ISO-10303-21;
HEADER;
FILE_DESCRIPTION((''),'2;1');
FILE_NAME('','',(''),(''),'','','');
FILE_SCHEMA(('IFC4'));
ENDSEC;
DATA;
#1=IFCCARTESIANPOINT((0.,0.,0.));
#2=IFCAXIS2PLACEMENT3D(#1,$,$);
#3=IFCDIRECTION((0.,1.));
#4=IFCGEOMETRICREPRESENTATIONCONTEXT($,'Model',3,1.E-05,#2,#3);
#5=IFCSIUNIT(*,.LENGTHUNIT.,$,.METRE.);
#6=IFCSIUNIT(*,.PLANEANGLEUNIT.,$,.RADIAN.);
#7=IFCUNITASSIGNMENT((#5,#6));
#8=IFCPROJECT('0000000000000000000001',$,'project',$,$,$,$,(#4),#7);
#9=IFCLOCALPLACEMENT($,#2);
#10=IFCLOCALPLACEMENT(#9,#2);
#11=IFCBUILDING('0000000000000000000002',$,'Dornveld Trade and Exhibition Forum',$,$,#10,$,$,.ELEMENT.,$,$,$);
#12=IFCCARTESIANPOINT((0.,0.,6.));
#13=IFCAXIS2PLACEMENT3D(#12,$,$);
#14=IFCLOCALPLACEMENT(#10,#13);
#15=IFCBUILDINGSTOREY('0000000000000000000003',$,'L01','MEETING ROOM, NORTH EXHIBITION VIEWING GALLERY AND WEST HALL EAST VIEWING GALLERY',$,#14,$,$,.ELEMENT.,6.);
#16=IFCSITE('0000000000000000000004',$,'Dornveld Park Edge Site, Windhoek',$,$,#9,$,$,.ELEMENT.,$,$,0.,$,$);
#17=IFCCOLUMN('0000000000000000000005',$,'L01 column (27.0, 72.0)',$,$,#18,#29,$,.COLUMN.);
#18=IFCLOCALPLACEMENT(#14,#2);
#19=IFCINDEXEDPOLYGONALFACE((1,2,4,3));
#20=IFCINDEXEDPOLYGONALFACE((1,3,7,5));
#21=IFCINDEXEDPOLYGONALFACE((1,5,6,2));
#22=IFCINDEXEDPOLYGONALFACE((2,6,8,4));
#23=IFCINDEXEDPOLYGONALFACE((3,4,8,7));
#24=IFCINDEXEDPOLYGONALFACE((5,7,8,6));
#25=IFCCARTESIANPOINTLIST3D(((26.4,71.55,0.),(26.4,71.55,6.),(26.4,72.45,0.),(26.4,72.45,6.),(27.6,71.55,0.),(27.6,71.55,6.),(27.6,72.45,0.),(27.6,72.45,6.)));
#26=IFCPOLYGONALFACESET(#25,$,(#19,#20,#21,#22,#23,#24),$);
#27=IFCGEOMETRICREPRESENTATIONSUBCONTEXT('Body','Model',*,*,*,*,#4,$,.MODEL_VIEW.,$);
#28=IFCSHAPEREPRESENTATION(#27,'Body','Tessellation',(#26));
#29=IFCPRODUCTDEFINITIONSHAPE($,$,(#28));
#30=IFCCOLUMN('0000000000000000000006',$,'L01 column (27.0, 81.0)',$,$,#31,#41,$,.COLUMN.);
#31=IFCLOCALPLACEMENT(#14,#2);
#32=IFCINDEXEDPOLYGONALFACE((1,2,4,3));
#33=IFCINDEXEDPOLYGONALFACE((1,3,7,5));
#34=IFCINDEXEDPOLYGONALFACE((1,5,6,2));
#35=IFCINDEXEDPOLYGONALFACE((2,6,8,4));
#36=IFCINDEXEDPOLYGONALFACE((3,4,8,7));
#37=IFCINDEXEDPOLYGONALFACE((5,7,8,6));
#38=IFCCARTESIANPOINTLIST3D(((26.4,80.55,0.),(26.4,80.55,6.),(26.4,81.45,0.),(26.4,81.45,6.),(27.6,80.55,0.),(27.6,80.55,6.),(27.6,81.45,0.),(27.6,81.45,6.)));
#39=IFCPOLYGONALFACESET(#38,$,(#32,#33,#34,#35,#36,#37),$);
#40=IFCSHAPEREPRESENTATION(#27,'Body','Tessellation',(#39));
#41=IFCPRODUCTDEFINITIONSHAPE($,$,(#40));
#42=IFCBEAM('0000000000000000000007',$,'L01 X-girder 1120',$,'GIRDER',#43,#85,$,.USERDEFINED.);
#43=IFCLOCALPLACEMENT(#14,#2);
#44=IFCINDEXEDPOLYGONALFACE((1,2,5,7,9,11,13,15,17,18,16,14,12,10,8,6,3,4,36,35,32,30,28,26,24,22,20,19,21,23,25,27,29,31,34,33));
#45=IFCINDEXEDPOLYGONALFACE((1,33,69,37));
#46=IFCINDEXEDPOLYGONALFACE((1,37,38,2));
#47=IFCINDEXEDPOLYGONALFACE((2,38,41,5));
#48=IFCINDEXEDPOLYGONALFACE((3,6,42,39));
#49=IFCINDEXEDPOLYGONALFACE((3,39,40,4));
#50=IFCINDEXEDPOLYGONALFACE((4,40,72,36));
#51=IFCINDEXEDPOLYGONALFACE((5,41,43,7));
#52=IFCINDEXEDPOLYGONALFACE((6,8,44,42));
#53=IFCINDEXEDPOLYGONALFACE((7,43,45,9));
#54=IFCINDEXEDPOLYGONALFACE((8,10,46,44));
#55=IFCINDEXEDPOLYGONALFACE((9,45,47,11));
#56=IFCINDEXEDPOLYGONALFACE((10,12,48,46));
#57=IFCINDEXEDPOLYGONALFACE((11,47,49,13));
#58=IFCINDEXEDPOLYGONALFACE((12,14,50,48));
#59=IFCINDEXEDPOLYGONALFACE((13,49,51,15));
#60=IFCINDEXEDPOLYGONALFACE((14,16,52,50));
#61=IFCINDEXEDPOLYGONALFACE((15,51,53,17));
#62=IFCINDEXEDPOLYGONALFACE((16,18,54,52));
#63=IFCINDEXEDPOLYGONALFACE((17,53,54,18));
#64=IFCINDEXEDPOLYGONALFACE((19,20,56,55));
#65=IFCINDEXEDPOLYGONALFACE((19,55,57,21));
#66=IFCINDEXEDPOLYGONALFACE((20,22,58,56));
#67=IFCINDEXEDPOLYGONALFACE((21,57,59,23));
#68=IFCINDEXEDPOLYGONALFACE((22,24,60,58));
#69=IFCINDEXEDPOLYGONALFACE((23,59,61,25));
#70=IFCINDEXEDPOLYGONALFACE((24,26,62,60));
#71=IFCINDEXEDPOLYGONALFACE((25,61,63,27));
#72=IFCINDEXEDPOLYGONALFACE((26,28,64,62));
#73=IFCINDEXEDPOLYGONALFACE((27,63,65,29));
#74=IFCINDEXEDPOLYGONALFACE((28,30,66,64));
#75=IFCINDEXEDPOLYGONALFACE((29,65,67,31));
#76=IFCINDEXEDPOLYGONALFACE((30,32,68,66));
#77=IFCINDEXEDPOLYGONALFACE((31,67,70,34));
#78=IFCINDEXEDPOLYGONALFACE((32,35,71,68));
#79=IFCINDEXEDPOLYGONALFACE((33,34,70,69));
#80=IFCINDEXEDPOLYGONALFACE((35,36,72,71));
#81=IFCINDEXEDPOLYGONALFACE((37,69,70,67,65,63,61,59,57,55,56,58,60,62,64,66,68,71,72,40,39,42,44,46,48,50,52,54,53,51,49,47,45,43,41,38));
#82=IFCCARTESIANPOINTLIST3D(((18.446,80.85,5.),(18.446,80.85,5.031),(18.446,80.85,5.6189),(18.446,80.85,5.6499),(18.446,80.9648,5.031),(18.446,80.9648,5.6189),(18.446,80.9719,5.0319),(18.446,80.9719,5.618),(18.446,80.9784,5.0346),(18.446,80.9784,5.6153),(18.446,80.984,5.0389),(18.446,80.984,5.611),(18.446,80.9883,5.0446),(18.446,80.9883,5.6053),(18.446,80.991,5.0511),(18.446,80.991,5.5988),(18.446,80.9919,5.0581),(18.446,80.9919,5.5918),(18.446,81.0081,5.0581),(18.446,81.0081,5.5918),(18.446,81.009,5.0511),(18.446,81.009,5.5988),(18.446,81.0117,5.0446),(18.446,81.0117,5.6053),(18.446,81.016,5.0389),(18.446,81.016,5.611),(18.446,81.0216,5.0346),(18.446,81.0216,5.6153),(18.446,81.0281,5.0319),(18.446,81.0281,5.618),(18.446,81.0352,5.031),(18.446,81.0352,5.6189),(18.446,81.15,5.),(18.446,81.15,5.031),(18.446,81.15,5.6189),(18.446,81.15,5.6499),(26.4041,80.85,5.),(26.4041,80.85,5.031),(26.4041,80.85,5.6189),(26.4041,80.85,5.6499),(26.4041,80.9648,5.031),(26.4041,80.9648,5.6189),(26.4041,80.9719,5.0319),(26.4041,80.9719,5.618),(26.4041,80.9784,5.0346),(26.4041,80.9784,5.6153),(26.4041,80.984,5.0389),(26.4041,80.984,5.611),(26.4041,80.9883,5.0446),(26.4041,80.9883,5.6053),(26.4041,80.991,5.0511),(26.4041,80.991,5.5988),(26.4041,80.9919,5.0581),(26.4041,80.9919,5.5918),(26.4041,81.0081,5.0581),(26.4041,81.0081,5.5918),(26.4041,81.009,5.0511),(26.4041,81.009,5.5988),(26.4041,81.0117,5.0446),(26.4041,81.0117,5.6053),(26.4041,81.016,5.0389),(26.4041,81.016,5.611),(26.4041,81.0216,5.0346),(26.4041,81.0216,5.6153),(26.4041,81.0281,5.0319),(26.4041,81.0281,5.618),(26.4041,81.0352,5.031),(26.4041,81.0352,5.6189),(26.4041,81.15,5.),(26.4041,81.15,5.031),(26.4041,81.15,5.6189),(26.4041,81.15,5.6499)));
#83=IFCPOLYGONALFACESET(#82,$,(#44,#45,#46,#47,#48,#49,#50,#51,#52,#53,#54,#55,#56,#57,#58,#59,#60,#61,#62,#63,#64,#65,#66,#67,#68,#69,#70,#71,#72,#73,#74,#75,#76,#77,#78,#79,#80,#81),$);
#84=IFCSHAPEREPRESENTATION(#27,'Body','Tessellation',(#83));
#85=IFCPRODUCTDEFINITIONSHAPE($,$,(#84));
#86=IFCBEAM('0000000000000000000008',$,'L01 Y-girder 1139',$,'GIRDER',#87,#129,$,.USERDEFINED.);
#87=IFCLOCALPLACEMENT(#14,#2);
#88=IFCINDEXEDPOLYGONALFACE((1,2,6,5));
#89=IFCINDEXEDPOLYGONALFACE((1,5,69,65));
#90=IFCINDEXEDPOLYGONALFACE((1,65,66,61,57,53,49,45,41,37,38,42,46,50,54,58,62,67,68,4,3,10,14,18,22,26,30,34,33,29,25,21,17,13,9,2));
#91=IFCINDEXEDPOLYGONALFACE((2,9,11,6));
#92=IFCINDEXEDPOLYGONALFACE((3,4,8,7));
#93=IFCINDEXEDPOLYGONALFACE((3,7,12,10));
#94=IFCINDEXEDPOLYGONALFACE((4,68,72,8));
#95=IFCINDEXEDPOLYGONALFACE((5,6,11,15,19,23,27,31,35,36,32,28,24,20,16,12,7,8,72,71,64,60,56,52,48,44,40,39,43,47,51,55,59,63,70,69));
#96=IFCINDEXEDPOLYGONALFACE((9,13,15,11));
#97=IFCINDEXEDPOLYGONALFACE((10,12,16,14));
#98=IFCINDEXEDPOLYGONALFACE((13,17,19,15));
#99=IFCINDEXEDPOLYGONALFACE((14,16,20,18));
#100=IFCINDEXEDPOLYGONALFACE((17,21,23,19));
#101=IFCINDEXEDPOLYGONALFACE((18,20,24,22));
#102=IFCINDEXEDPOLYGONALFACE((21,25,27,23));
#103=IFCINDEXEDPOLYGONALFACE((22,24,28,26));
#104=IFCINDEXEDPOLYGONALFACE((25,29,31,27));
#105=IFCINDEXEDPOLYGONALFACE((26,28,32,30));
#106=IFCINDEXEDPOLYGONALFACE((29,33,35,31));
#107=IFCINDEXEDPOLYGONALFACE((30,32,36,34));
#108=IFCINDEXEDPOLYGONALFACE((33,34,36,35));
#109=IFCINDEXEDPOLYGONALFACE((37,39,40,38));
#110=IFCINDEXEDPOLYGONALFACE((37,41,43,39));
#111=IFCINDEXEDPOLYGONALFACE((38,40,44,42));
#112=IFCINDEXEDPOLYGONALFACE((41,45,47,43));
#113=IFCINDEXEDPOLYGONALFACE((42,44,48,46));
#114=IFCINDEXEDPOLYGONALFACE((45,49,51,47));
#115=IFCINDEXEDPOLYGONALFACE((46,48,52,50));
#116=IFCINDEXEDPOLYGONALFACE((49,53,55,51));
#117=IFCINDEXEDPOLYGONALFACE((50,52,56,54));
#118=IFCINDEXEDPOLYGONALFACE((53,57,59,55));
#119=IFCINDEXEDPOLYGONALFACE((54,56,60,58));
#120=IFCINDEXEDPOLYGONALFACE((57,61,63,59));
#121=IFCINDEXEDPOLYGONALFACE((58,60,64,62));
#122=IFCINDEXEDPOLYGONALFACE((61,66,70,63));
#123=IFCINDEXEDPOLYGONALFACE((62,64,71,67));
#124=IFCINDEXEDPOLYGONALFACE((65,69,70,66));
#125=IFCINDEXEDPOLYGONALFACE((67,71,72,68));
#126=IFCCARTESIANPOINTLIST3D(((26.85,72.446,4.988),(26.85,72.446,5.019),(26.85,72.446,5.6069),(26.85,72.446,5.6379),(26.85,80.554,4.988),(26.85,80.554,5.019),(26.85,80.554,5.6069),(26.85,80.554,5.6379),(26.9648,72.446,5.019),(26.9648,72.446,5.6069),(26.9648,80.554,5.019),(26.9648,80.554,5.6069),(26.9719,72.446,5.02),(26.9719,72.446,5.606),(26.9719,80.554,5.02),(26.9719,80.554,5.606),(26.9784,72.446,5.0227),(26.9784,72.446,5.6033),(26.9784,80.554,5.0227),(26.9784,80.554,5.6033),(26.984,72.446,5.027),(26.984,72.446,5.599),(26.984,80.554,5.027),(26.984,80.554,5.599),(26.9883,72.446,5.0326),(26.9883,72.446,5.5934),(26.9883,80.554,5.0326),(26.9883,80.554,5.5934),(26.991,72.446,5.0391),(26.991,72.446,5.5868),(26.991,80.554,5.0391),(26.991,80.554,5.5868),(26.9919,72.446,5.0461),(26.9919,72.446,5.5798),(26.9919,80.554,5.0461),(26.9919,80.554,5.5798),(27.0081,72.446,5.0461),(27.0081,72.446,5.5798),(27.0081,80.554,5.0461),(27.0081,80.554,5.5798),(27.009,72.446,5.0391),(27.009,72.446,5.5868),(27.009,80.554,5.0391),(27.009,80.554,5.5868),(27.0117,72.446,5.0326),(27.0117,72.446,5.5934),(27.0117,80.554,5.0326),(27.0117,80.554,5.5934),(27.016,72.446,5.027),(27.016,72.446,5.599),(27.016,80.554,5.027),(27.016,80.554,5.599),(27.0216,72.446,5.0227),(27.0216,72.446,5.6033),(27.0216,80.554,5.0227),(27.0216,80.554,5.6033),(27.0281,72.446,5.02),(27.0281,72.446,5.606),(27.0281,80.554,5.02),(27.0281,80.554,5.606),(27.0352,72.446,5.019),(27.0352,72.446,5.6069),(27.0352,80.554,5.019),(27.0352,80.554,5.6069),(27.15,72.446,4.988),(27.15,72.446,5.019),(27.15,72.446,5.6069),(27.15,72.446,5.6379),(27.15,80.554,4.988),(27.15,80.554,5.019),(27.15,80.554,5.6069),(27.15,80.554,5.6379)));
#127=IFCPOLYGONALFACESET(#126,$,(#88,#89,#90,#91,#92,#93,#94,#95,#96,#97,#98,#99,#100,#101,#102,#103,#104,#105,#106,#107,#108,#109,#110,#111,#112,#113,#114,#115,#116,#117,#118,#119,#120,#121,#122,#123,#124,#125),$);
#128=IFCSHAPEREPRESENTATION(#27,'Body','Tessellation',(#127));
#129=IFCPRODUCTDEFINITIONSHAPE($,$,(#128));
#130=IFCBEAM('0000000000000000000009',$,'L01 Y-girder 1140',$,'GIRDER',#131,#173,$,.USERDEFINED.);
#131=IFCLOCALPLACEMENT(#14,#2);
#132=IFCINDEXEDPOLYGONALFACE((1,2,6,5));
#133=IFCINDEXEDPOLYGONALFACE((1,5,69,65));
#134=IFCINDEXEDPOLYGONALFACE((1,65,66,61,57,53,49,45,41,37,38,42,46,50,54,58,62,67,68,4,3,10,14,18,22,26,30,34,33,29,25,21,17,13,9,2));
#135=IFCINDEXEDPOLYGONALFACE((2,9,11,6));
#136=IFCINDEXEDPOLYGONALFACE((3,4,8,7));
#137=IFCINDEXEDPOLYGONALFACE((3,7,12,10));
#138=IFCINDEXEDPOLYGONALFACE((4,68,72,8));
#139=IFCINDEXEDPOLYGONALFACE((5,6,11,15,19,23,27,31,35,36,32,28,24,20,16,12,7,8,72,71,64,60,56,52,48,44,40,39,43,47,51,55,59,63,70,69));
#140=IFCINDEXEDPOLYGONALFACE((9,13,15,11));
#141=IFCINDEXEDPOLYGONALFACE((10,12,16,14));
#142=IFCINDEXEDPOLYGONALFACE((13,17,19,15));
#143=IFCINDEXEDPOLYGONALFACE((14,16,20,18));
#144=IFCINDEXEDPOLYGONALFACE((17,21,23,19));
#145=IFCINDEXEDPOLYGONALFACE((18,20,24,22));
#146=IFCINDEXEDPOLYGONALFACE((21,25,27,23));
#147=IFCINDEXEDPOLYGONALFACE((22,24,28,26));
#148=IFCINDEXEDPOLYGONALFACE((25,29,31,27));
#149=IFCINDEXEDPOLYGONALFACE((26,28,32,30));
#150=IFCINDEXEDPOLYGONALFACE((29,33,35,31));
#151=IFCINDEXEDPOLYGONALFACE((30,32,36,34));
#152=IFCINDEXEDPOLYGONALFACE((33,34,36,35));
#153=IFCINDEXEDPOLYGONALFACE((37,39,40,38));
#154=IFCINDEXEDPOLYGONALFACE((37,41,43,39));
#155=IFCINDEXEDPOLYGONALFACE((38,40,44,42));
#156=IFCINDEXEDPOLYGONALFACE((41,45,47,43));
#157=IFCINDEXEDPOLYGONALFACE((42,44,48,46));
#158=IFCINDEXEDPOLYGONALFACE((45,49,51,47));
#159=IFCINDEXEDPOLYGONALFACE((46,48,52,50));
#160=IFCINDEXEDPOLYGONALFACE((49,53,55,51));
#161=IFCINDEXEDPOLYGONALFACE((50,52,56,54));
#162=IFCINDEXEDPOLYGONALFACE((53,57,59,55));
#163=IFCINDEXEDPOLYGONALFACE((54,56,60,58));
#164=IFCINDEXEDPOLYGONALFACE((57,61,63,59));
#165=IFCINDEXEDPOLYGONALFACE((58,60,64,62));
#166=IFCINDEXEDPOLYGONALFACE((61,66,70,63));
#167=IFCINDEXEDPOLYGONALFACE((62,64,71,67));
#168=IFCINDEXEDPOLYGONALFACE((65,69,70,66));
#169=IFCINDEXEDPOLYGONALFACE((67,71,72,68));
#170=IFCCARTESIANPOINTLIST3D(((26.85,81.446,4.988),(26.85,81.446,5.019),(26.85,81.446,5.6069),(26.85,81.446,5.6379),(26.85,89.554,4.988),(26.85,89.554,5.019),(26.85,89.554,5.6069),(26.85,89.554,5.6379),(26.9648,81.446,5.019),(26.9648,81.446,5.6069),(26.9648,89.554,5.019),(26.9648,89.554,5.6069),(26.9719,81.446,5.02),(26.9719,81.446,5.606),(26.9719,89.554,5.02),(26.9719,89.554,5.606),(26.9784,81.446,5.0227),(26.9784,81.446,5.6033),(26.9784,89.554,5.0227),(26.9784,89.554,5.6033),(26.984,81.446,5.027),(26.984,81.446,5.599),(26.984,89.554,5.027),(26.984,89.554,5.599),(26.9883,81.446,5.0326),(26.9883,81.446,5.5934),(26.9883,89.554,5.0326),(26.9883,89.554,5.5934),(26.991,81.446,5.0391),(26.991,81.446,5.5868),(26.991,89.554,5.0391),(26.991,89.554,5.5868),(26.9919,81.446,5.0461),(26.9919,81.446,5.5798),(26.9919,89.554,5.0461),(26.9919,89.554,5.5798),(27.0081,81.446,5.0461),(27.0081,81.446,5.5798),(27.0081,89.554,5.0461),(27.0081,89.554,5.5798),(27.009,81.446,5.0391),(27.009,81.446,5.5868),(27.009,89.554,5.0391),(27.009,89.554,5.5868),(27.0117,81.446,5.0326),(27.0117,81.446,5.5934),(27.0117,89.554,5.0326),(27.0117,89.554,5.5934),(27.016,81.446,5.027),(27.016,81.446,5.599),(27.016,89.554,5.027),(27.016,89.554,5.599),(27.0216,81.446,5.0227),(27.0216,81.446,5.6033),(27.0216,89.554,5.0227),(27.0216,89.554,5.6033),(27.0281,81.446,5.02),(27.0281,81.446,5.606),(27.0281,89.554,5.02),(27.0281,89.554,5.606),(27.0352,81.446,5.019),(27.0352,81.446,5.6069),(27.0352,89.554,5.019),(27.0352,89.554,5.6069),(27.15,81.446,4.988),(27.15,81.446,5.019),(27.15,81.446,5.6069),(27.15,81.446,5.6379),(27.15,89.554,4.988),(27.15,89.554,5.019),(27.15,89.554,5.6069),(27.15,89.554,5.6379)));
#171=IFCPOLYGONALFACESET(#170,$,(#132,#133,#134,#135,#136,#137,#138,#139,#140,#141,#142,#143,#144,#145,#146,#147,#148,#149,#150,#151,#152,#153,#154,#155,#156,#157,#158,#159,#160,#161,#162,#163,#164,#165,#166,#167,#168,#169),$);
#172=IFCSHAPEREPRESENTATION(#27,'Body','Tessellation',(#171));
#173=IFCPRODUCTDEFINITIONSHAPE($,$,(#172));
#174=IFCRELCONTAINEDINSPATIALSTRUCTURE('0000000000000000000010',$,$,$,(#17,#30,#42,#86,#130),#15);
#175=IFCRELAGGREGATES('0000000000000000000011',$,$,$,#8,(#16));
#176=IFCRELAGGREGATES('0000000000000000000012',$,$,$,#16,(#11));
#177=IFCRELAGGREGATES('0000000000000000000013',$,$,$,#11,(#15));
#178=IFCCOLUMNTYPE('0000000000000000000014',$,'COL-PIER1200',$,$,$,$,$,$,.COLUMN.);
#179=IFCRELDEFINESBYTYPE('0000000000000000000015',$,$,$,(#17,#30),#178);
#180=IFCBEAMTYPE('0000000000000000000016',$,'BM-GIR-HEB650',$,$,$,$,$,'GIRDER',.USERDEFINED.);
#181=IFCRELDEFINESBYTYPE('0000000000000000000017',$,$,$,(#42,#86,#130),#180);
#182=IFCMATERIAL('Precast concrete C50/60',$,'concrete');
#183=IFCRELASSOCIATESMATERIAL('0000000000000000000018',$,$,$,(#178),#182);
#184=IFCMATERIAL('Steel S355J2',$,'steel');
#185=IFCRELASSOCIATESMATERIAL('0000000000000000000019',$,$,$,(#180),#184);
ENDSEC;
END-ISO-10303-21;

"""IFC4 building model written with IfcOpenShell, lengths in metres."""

from ifc_helpers import new_model, si_unit, direction, frame, origin, origin_2d, place, context, subcontext, project, spatial, rectangle, i_section, extrude, material, material_profile, profile_set, type_object, element, save


model = new_model("IFC4")

# Units and contexts
model_context = context("Model", 3, precision=1e-05, world=origin(), true_north=direction((0.0, 1.0)))
body_context = subcontext(model_context, "Body", "Model", "MODEL_VIEW")
ifc_project = project(units=[si_unit("LENGTHUNIT", "METRE"), si_unit("PLANEANGLEUNIT", "RADIAN")], contexts=[model_context])

# Site, building, storey
site_placement = place(None, origin())
site = spatial("IfcSite", under=ifc_project, at=site_placement, Name="Dornveld Park Edge Site, Windhoek", CompositionType="ELEMENT", RefElevation=0.0)
building_placement = place(site_placement, origin())
building = spatial("IfcBuilding", under=site, at=building_placement, Name="Dornveld Trade and Exhibition Forum", CompositionType="ELEMENT")
storey_placement = place(building_placement, frame((0.0, 0.0, 6.0)))
storey = spatial("IfcBuildingStorey", under=building, at=storey_placement, Name="L01", Description="MEETING ROOM, NORTH EXHIBITION VIEWING GALLERY AND WEST HALL EAST VIEWING GALLERY", CompositionType="ELEMENT", Elevation=6.0)

# Columns
ifc_material_1 = material(Name="Precast concrete C50/60", Category="concrete")
ifc_material_profile_1 = material_profile(ifc_material_1, rectangle(XDim=1.2, YDim=0.8999, at=origin_2d()), Name="PC-PIER 1200x900")
ifc_profile_set_1 = profile_set([ifc_material_profile_1], Name="Precast concrete C50/60")
column_type = type_object("IfcColumnType", Name="COL-PIER1200", PredefinedType="COLUMN", material=ifc_profile_set_1)
for number, where, z_axis, x_axis, name in (
    (1, (27.0, 72.0, 0.0), (0.0, 0.0, 1.0), (1.0, 0.0, 0.0), "L01 column (27.0, 72.0)"),
    (2, (27.0, 81.0, 0.0), (0.0, 0.0, 1.0), (1.0, 0.0, 0.0), "L01 column (27.0, 81.0)"),
):
    element("IfcColumn", number, at=place(storey_placement, frame(where, z_axis=z_axis, x_axis=x_axis)), inside=storey, type_object=column_type, Name=name, PredefinedType="COLUMN", context=body_context, shape_type="SweptSolid", body=[
        extrude(rectangle(XDim=1.2, YDim=0.8999, at=origin_2d()), origin(), (0.0, 0.0, 1.0), 6.0),
    ])

# Beams
ifc_material_2 = material(Name="Steel S355J2", Category="steel")
ifc_material_profile_2 = material_profile(ifc_material_2, i_section(OverallWidth=0.3, OverallDepth=0.6499, WebThickness=0.0161, FlangeThickness=0.031, FilletRadius=0.0271, at=origin_2d()), Name="HEB 650")
ifc_profile_set_2 = profile_set([ifc_material_profile_2], Name="Steel S355J2")
beam_type_1 = type_object("IfcBeamType", Name="BM-GIR-HEB650", ElementType="GIRDER", PredefinedType="USERDEFINED", material=ifc_profile_set_2)
beam_1_placement = place(storey_placement, frame((18.446, 81.0, 5.325), z_axis=(1.0, 0.0, 0.0), x_axis=(0.0, 1.0, 0.0)))
element("IfcBeam", 3, at=beam_1_placement, inside=storey, type_object=beam_type_1, Name="L01 X-girder 1120", ObjectType="GIRDER", PredefinedType="USERDEFINED", context=body_context, shape_type="SweptSolid", body=[
    extrude(i_section(OverallWidth=0.3, OverallDepth=0.6499, WebThickness=0.0161, FlangeThickness=0.031, FilletRadius=0.0271, at=origin_2d()), origin(), (0.0, 0.0, 1.0), 7.958),
])
for number, where, z_axis, x_axis, name in (
    (4, (27.0, 72.446, 5.313), (0.0, 1.0, 0.0), (-1.0, 0.0, 0.0), "L01 Y-girder 1139"),
    (5, (27.0, 81.446, 5.313), (0.0, 1.0, 0.0), (-1.0, 0.0, 0.0), "L01 Y-girder 1140"),
):
    element("IfcBeam", number, at=place(storey_placement, frame(where, z_axis=z_axis, x_axis=x_axis)), inside=storey, type_object=beam_type_1, Name=name, ObjectType="GIRDER", PredefinedType="USERDEFINED", context=body_context, shape_type="SweptSolid", body=[
        extrude(i_section(OverallWidth=0.3, OverallDepth=0.6499, WebThickness=0.0161, FlangeThickness=0.031, FilletRadius=0.0271, at=origin_2d()), origin(), (0.0, 0.0, 1.0), 8.1079),
    ])

save(model, "model.ifc")
